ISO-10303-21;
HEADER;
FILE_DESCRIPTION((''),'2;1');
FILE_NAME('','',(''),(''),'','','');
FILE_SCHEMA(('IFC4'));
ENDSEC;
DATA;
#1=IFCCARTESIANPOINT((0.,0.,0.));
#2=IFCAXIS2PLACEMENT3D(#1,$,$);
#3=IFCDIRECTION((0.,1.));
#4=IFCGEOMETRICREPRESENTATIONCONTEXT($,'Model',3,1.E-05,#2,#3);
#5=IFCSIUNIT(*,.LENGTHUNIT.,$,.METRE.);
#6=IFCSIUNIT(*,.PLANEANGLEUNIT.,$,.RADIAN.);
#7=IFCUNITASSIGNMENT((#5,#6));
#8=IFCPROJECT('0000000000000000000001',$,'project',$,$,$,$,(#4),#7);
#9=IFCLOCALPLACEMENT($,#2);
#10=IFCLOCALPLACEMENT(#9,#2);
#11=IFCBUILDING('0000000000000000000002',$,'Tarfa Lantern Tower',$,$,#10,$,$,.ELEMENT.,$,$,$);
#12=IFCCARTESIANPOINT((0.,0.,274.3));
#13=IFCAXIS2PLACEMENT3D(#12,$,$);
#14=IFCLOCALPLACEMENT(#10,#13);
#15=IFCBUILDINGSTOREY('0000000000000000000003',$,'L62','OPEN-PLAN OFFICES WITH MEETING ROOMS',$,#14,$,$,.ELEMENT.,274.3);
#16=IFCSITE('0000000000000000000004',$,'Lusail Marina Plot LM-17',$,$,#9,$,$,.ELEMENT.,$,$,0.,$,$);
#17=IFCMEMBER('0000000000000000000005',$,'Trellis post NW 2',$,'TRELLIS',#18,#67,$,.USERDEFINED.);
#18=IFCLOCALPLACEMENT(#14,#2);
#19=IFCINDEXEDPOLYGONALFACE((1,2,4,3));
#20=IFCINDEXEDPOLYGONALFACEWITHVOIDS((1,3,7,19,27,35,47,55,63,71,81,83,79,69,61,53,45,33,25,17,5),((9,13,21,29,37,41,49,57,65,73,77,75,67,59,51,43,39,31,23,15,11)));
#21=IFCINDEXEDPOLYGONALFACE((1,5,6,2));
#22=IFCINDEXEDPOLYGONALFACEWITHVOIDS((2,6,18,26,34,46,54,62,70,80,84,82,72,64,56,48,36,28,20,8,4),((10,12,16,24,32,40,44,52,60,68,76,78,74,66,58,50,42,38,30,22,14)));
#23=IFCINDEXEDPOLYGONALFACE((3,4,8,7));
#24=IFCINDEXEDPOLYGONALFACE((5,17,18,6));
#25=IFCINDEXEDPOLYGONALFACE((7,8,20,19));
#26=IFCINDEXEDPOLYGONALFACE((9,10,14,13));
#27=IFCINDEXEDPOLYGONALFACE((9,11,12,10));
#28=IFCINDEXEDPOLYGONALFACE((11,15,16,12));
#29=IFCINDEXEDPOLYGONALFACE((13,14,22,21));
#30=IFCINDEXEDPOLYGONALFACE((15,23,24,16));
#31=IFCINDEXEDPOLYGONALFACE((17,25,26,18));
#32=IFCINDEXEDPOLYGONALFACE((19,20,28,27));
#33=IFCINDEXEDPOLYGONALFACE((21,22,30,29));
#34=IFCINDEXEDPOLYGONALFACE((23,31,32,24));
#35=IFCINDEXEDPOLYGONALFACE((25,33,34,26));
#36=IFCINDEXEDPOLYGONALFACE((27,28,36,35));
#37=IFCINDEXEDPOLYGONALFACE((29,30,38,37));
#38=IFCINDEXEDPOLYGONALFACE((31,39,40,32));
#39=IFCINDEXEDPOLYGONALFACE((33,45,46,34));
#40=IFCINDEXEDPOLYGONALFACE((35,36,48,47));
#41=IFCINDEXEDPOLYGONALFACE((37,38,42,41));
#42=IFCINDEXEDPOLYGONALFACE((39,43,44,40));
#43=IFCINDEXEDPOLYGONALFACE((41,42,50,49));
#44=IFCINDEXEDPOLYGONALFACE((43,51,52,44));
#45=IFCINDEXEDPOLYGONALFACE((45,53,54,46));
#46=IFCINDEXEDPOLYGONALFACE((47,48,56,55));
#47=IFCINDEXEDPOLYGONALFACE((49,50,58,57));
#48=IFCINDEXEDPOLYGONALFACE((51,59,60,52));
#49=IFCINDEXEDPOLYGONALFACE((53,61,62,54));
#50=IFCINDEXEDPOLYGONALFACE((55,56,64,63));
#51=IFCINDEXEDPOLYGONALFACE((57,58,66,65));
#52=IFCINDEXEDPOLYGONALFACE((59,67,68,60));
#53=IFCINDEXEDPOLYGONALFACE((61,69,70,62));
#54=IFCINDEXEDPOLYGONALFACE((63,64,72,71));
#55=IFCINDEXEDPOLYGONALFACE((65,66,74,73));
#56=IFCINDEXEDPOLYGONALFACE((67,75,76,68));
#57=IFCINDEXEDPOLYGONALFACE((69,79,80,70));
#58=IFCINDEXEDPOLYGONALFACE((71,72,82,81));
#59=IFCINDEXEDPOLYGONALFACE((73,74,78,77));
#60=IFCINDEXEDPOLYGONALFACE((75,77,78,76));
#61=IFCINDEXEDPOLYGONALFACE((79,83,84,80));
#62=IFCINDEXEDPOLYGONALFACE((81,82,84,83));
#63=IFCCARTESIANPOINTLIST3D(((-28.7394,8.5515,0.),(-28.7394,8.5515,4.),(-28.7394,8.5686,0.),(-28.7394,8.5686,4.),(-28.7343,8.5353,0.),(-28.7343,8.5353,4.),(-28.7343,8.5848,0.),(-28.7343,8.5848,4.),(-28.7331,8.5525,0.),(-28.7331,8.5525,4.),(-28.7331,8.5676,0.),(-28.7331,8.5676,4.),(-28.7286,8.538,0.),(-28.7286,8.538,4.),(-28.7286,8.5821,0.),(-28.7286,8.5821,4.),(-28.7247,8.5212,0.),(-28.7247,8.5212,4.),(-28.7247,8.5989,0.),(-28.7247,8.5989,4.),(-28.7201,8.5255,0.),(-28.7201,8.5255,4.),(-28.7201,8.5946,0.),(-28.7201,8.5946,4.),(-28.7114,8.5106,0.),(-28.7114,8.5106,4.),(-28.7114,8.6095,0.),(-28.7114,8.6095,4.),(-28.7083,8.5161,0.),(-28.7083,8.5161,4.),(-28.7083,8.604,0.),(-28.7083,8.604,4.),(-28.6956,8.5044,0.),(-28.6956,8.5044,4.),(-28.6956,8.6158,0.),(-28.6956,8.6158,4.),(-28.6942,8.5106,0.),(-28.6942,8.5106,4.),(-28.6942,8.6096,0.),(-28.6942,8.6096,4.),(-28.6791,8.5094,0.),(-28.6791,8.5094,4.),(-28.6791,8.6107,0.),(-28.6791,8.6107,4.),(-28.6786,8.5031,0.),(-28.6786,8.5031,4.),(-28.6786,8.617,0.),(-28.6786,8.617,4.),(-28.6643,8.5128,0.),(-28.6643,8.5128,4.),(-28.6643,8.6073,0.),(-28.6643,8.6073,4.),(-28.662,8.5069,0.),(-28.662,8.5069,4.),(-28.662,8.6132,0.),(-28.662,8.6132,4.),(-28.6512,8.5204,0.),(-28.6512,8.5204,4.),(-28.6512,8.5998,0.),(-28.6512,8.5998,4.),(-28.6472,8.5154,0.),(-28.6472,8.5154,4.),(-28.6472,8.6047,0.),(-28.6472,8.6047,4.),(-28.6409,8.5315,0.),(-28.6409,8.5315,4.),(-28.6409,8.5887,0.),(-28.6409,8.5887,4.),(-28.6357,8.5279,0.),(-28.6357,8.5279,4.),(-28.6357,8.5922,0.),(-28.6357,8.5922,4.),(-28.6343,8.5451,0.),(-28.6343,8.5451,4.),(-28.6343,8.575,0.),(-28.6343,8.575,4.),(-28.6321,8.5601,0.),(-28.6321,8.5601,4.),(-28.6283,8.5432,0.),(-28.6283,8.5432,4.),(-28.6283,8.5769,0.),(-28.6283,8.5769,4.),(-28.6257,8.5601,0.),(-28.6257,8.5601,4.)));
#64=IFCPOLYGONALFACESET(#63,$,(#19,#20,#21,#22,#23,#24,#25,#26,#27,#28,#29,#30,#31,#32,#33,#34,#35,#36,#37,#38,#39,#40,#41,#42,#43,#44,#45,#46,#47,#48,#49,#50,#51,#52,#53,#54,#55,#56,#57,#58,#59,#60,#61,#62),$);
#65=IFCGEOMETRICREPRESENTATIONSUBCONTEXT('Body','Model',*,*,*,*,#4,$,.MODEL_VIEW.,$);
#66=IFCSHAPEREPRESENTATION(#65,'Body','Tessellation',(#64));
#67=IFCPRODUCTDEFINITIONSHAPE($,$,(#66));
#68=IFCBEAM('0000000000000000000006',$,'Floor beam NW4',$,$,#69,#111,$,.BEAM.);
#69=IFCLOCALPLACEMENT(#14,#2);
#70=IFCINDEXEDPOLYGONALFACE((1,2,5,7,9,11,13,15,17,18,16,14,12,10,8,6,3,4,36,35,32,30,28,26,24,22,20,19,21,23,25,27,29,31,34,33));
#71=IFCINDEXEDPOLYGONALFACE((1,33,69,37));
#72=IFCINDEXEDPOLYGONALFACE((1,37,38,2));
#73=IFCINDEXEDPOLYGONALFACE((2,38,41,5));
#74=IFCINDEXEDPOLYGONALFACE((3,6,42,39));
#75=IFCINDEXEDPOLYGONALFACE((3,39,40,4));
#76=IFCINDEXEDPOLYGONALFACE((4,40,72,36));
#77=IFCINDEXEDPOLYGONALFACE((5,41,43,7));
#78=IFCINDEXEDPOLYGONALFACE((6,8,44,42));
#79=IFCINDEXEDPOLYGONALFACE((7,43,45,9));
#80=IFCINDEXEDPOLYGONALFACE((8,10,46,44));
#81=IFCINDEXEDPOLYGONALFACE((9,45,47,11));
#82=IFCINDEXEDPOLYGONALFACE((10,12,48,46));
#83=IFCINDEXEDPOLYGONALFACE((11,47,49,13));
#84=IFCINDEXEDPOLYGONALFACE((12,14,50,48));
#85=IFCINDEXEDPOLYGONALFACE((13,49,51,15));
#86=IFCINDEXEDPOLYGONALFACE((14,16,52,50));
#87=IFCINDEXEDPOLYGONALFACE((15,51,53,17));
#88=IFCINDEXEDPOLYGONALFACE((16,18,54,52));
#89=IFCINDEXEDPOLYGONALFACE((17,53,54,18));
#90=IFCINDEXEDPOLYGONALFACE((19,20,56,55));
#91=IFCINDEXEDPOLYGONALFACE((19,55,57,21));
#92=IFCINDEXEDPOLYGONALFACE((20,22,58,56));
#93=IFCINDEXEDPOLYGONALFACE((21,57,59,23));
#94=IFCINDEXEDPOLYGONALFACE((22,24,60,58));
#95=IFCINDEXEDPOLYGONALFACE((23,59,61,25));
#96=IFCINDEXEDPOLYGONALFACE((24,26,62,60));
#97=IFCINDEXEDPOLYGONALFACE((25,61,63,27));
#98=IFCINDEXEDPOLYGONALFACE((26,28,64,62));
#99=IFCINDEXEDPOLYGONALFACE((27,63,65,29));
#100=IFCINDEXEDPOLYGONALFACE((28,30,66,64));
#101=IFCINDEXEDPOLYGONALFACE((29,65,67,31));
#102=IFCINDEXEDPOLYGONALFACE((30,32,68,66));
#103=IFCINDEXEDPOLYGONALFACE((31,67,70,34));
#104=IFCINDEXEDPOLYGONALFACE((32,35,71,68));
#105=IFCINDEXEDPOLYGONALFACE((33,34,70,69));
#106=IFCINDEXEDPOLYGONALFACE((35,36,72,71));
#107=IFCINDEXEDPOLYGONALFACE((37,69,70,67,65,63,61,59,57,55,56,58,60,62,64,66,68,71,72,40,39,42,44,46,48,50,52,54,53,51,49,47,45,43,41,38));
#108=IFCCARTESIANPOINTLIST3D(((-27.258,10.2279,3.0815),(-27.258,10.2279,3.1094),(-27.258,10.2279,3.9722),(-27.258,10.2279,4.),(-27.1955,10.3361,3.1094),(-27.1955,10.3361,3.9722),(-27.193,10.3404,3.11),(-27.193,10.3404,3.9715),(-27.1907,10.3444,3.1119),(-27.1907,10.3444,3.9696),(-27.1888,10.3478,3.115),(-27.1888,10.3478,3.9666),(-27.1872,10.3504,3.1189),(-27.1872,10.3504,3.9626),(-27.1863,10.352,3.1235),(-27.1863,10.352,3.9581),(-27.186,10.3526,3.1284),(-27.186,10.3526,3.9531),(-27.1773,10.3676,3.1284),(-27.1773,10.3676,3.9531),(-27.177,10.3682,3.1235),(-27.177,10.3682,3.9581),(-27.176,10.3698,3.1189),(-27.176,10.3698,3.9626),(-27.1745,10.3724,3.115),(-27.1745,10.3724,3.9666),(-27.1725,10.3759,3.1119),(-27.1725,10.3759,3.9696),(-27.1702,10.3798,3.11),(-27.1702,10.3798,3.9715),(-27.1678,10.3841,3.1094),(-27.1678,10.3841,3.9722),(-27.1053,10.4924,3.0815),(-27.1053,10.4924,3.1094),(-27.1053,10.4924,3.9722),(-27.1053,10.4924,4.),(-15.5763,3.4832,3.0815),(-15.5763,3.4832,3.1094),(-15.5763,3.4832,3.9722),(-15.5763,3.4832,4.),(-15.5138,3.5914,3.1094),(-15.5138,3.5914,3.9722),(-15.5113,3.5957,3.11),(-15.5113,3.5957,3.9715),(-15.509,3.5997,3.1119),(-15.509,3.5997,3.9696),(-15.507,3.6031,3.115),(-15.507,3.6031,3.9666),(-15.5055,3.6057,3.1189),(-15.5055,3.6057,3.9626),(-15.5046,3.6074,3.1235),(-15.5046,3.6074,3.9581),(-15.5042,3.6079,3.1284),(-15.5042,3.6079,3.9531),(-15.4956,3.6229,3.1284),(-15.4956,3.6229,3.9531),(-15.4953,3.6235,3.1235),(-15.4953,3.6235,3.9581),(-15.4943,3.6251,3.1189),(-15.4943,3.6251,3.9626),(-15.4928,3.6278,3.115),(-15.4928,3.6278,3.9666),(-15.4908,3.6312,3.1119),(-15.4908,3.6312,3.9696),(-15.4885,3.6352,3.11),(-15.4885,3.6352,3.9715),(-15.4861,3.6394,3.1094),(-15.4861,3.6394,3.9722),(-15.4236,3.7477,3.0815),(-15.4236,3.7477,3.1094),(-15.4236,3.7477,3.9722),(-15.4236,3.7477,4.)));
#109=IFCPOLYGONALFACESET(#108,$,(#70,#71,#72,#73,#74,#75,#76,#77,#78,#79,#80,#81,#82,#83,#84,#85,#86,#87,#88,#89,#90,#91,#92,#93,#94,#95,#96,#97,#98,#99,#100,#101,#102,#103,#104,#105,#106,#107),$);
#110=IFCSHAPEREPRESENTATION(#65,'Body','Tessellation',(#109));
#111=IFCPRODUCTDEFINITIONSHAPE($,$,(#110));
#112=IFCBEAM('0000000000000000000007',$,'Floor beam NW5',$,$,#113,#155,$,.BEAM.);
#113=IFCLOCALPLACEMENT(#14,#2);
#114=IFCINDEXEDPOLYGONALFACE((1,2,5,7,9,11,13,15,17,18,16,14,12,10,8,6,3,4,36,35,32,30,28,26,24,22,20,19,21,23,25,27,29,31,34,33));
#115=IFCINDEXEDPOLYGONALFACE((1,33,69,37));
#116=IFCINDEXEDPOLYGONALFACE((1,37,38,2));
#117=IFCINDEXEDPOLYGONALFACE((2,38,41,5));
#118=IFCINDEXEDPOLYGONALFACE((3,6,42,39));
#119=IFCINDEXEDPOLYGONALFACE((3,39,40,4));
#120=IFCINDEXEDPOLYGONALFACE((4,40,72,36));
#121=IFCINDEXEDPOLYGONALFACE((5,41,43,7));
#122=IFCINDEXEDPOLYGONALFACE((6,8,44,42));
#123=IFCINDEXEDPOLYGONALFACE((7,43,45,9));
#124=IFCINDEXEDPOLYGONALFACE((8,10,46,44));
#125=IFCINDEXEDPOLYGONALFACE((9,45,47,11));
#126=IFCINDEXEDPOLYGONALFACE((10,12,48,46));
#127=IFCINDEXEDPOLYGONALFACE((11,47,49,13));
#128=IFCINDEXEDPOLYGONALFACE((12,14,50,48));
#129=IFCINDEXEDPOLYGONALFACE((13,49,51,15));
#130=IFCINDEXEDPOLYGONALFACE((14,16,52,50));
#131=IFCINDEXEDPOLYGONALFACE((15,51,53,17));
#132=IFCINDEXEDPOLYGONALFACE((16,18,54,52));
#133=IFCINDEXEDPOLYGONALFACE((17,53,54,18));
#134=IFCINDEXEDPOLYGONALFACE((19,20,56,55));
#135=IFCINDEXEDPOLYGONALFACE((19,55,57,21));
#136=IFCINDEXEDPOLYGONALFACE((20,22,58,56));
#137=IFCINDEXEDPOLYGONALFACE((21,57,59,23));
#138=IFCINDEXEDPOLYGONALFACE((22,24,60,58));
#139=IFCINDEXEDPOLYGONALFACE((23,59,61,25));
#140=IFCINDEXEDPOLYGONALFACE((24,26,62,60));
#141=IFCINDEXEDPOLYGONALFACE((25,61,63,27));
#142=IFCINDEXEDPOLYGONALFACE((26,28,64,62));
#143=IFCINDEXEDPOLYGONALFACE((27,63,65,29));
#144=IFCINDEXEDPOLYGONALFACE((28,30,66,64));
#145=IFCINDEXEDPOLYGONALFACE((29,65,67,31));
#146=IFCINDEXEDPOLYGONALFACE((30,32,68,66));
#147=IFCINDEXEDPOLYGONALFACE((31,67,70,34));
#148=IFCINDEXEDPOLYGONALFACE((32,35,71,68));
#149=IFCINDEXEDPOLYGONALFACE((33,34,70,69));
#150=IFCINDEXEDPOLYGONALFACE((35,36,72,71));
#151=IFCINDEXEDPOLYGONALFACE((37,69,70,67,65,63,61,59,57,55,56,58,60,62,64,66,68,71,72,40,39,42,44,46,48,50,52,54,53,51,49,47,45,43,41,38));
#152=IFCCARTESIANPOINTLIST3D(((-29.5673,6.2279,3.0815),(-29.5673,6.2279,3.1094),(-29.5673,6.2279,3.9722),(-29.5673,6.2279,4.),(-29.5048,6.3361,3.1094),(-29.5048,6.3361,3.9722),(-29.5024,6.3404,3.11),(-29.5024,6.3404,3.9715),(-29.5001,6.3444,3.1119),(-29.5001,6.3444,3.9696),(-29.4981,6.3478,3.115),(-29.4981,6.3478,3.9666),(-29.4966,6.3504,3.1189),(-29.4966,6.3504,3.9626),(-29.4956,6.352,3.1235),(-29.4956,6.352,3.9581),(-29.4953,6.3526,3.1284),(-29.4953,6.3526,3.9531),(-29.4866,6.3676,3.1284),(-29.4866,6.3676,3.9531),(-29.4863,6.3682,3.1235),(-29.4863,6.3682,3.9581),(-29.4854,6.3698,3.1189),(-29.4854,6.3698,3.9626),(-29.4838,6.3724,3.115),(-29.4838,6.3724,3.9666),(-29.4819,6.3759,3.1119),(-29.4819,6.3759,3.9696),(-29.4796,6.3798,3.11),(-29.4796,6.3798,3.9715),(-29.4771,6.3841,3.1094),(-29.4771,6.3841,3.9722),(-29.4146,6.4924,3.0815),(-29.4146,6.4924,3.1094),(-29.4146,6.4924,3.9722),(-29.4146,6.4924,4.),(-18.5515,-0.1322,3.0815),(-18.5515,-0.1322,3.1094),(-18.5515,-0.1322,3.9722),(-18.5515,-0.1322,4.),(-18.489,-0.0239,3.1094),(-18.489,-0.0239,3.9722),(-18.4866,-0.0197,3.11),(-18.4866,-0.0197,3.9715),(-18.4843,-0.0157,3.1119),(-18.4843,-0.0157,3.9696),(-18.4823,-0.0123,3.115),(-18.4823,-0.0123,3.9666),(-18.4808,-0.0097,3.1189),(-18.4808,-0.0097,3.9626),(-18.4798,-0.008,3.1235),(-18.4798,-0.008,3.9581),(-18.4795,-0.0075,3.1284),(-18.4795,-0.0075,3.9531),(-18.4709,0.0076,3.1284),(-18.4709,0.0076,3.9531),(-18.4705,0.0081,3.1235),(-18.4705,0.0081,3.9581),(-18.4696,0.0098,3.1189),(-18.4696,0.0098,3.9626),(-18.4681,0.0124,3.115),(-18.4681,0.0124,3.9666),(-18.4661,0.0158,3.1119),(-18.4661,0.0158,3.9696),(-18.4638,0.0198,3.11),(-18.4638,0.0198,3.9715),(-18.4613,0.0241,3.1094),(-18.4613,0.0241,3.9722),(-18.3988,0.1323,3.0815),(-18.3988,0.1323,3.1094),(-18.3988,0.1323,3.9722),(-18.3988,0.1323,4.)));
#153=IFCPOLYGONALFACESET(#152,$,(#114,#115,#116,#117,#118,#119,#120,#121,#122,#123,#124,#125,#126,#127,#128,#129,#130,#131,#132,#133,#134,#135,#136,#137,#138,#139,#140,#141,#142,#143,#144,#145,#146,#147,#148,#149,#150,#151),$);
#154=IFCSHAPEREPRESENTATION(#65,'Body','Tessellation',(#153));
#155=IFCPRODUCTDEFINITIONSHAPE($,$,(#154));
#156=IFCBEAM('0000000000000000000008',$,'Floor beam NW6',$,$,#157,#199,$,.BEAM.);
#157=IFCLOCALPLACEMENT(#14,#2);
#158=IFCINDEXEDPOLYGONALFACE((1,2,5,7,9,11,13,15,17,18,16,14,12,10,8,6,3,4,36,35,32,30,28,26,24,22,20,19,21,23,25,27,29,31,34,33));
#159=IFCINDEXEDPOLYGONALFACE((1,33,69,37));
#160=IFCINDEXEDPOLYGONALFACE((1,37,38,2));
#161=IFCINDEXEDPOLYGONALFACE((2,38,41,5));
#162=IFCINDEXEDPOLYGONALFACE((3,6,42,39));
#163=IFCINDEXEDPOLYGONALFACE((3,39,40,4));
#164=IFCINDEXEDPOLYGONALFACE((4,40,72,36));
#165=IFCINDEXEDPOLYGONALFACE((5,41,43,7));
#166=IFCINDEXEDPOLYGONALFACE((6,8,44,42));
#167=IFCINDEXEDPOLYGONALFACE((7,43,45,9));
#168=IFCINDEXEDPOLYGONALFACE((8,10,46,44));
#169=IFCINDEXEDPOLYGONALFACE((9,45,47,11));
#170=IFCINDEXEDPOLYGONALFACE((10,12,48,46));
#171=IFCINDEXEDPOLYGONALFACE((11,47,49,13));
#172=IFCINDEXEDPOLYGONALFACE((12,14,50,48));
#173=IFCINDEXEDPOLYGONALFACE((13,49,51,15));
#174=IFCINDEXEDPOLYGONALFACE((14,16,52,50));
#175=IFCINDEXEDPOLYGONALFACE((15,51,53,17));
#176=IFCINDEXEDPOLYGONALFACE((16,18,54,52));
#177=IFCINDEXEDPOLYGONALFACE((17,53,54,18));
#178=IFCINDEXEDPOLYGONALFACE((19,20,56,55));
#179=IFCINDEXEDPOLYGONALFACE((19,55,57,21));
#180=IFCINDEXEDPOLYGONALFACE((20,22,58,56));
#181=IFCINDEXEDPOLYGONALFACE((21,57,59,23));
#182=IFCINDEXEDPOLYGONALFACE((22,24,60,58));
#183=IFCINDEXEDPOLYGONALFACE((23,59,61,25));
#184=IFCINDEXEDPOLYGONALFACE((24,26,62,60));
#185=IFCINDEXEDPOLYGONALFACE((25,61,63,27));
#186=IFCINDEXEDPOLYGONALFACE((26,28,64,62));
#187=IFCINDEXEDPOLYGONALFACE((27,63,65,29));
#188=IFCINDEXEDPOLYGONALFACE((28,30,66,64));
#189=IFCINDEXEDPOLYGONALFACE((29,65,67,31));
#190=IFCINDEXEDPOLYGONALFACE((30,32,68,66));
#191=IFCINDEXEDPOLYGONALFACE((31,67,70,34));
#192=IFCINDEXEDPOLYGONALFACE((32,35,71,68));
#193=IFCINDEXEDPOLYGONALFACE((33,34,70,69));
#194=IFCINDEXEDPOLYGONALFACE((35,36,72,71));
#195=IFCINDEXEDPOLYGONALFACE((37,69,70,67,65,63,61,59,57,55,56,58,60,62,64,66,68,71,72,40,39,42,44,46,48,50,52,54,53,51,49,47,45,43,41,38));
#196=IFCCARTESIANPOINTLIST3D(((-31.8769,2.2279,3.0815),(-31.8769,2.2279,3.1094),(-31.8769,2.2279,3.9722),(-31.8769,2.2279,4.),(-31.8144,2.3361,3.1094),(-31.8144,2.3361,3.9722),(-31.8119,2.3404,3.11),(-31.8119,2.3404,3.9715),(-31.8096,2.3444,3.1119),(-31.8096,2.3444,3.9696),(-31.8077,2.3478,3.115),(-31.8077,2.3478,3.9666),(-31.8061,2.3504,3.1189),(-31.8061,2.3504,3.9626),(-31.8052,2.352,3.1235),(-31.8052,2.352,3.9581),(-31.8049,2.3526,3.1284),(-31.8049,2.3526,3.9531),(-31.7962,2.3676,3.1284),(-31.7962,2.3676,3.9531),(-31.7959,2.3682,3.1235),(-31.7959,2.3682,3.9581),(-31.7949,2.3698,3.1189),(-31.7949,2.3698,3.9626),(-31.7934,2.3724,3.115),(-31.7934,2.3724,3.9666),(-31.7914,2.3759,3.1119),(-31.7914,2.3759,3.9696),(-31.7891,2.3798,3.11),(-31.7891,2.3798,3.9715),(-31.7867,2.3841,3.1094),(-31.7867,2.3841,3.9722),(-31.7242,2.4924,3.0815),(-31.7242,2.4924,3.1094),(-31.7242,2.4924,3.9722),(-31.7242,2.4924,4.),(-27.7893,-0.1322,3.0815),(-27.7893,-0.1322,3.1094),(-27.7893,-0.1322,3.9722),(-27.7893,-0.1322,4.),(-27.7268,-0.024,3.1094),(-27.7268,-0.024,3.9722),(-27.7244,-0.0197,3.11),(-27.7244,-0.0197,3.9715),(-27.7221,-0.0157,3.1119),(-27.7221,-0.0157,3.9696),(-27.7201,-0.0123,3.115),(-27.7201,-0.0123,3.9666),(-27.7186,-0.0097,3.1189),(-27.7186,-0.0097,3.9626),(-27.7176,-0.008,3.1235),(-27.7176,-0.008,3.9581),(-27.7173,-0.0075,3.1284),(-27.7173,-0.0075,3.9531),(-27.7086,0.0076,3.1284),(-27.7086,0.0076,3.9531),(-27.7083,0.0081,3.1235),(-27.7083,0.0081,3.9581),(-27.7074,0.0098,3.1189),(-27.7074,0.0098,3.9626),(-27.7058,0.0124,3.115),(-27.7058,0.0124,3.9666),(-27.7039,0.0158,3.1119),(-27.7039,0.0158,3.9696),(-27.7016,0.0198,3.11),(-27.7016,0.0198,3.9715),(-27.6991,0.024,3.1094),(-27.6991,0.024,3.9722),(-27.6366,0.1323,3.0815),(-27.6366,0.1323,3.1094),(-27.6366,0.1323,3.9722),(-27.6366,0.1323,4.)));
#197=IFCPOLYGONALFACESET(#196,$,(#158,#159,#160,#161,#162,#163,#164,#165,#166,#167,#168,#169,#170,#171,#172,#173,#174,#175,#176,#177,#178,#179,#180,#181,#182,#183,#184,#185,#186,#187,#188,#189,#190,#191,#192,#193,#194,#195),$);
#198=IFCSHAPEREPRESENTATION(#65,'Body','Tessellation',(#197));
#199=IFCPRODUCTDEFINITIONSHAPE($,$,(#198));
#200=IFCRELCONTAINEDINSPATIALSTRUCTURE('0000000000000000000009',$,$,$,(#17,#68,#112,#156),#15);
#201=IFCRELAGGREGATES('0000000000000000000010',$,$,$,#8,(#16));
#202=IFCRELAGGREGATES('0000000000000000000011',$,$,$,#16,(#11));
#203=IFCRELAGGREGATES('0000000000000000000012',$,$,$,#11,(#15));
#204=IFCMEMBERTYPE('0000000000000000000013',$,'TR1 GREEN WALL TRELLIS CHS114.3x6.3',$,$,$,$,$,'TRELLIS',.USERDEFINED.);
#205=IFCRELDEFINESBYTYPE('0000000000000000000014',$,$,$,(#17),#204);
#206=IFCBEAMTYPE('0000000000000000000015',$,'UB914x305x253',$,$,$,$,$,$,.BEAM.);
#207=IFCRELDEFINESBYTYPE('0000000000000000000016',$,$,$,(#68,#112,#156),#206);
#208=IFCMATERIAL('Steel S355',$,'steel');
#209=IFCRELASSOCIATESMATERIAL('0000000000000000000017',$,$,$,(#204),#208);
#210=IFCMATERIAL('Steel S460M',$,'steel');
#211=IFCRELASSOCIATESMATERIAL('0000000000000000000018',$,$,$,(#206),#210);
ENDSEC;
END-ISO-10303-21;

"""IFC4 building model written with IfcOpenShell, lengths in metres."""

from ifc_helpers import new_model, si_unit, direction, frame, origin, origin_2d, place, context, subcontext, project, spatial, hollow_circle, i_section, extrude, material, material_profile, profile_set, type_object, element, save


model = new_model("IFC4")

# Units and contexts
model_context = context("Model", 3, precision=1e-05, world=origin(), true_north=direction((0.0, 1.0)))
body_context = subcontext(model_context, "Body", "Model", "MODEL_VIEW")
ifc_project = project(units=[si_unit("LENGTHUNIT", "METRE"), si_unit("PLANEANGLEUNIT", "RADIAN")], contexts=[model_context])

# Site, building, storey
site_placement = place(None, origin())
site = spatial("IfcSite", under=ifc_project, at=site_placement, Name="Lusail Marina Plot LM-17", CompositionType="ELEMENT", RefElevation=0.0)
building_placement = place(site_placement, origin())
building = spatial("IfcBuilding", under=site, at=building_placement, Name="Tarfa Lantern Tower", CompositionType="ELEMENT")
storey_placement = place(building_placement, frame((0.0, 0.0, 274.3)))
storey = spatial("IfcBuildingStorey", under=building, at=storey_placement, Name="L62", Description="OPEN-PLAN OFFICES WITH MEETING ROOMS", CompositionType="ELEMENT", Elevation=274.3)

# Member
ifc_material_1 = material(Name="Steel S355", Category="steel")
ifc_material_profile_1 = material_profile(ifc_material_1, hollow_circle(Radius=0.0571, WallThickness=0.0063, at=origin_2d()), Name="CHS114.3x6.3")
ifc_profile_set_1 = profile_set([ifc_material_profile_1], Name="Steel S355")
member_type_1 = type_object("IfcMemberType", Name="TR1 GREEN WALL TRELLIS CHS114.3x6.3", ElementType="TRELLIS", PredefinedType="USERDEFINED", material=ifc_profile_set_1)
member_1_placement = place(storey_placement, frame((-28.6829, 8.5601, 0.0), z_axis=(0.0, 0.0, 1.0), x_axis=(1.0, 0.0, 0.0)))
element("IfcMember", 1, at=member_1_placement, inside=storey, type_object=member_type_1, Name="Trellis post NW 2", ObjectType="TRELLIS", PredefinedType="USERDEFINED", context=body_context, shape_type="SweptSolid", body=[
    extrude(hollow_circle(Radius=0.0571, WallThickness=0.0063, at=origin_2d()), origin(), (0.0, 0.0, 1.0), 4.0),
])

# Beams
ifc_material_2 = material(Name="Steel S460M", Category="steel")
ifc_material_profile_2 = material_profile(ifc_material_2, i_section(OverallWidth=0.3054, OverallDepth=0.9185, WebThickness=0.0173, FlangeThickness=0.0278, FilletRadius=0.019, at=origin_2d()), Name="UB914x305x253")
ifc_profile_set_2 = profile_set([ifc_material_profile_2], Name="Steel S460M")
beam_type_1 = type_object("IfcBeamType", Name="UB914x305x253", PredefinedType="BEAM", material=ifc_profile_set_2)
beam_1_placement = place(storey_placement, frame((-27.1816, 10.3601, 3.5408), z_axis=(0.866018, -0.500013, 0.0), x_axis=(0.500013, 0.866018, 0.0)))
element("IfcBeam", 2, at=beam_1_placement, inside=storey, type_object=beam_type_1, Name="Floor beam NW4", PredefinedType="BEAM", context=body_context, shape_type="SweptSolid", body=[
    extrude(i_section(OverallWidth=0.3054, OverallDepth=0.9185, WebThickness=0.0173, FlangeThickness=0.0278, FilletRadius=0.019, at=origin_2d()), origin(), (0.0, 0.0, 1.0), 13.489),
])
beam_2_placement = place(storey_placement, frame((-29.491, 6.3601, 3.5408), z_axis=(0.866022, -0.500005, 0.0), x_axis=(0.500005, 0.866022, 0.0)))
element("IfcBeam", 3, at=beam_2_placement, inside=storey, type_object=beam_type_1, Name="Floor beam NW5", PredefinedType="BEAM", context=body_context, shape_type="SweptSolid", body=[
    extrude(i_section(OverallWidth=0.3054, OverallDepth=0.9185, WebThickness=0.0173, FlangeThickness=0.0278, FilletRadius=0.019, at=origin_2d()), origin(), (0.0, 0.0, 1.0), 12.72),
])
beam_3_placement = place(storey_placement, frame((-31.8005, 2.3601, 3.5408), z_axis=(0.866016, -0.500016, 0.0), x_axis=(0.500016, 0.866016, 0.0)))
element("IfcBeam", 4, at=beam_3_placement, inside=storey, type_object=beam_type_1, Name="Floor beam NW6", PredefinedType="BEAM", context=body_context, shape_type="SweptSolid", body=[
    extrude(i_section(OverallWidth=0.3054, OverallDepth=0.9185, WebThickness=0.0173, FlangeThickness=0.0278, FilletRadius=0.019, at=origin_2d()), origin(), (0.0, 0.0, 1.0), 4.72),
])

save(model, "model.ifc")
